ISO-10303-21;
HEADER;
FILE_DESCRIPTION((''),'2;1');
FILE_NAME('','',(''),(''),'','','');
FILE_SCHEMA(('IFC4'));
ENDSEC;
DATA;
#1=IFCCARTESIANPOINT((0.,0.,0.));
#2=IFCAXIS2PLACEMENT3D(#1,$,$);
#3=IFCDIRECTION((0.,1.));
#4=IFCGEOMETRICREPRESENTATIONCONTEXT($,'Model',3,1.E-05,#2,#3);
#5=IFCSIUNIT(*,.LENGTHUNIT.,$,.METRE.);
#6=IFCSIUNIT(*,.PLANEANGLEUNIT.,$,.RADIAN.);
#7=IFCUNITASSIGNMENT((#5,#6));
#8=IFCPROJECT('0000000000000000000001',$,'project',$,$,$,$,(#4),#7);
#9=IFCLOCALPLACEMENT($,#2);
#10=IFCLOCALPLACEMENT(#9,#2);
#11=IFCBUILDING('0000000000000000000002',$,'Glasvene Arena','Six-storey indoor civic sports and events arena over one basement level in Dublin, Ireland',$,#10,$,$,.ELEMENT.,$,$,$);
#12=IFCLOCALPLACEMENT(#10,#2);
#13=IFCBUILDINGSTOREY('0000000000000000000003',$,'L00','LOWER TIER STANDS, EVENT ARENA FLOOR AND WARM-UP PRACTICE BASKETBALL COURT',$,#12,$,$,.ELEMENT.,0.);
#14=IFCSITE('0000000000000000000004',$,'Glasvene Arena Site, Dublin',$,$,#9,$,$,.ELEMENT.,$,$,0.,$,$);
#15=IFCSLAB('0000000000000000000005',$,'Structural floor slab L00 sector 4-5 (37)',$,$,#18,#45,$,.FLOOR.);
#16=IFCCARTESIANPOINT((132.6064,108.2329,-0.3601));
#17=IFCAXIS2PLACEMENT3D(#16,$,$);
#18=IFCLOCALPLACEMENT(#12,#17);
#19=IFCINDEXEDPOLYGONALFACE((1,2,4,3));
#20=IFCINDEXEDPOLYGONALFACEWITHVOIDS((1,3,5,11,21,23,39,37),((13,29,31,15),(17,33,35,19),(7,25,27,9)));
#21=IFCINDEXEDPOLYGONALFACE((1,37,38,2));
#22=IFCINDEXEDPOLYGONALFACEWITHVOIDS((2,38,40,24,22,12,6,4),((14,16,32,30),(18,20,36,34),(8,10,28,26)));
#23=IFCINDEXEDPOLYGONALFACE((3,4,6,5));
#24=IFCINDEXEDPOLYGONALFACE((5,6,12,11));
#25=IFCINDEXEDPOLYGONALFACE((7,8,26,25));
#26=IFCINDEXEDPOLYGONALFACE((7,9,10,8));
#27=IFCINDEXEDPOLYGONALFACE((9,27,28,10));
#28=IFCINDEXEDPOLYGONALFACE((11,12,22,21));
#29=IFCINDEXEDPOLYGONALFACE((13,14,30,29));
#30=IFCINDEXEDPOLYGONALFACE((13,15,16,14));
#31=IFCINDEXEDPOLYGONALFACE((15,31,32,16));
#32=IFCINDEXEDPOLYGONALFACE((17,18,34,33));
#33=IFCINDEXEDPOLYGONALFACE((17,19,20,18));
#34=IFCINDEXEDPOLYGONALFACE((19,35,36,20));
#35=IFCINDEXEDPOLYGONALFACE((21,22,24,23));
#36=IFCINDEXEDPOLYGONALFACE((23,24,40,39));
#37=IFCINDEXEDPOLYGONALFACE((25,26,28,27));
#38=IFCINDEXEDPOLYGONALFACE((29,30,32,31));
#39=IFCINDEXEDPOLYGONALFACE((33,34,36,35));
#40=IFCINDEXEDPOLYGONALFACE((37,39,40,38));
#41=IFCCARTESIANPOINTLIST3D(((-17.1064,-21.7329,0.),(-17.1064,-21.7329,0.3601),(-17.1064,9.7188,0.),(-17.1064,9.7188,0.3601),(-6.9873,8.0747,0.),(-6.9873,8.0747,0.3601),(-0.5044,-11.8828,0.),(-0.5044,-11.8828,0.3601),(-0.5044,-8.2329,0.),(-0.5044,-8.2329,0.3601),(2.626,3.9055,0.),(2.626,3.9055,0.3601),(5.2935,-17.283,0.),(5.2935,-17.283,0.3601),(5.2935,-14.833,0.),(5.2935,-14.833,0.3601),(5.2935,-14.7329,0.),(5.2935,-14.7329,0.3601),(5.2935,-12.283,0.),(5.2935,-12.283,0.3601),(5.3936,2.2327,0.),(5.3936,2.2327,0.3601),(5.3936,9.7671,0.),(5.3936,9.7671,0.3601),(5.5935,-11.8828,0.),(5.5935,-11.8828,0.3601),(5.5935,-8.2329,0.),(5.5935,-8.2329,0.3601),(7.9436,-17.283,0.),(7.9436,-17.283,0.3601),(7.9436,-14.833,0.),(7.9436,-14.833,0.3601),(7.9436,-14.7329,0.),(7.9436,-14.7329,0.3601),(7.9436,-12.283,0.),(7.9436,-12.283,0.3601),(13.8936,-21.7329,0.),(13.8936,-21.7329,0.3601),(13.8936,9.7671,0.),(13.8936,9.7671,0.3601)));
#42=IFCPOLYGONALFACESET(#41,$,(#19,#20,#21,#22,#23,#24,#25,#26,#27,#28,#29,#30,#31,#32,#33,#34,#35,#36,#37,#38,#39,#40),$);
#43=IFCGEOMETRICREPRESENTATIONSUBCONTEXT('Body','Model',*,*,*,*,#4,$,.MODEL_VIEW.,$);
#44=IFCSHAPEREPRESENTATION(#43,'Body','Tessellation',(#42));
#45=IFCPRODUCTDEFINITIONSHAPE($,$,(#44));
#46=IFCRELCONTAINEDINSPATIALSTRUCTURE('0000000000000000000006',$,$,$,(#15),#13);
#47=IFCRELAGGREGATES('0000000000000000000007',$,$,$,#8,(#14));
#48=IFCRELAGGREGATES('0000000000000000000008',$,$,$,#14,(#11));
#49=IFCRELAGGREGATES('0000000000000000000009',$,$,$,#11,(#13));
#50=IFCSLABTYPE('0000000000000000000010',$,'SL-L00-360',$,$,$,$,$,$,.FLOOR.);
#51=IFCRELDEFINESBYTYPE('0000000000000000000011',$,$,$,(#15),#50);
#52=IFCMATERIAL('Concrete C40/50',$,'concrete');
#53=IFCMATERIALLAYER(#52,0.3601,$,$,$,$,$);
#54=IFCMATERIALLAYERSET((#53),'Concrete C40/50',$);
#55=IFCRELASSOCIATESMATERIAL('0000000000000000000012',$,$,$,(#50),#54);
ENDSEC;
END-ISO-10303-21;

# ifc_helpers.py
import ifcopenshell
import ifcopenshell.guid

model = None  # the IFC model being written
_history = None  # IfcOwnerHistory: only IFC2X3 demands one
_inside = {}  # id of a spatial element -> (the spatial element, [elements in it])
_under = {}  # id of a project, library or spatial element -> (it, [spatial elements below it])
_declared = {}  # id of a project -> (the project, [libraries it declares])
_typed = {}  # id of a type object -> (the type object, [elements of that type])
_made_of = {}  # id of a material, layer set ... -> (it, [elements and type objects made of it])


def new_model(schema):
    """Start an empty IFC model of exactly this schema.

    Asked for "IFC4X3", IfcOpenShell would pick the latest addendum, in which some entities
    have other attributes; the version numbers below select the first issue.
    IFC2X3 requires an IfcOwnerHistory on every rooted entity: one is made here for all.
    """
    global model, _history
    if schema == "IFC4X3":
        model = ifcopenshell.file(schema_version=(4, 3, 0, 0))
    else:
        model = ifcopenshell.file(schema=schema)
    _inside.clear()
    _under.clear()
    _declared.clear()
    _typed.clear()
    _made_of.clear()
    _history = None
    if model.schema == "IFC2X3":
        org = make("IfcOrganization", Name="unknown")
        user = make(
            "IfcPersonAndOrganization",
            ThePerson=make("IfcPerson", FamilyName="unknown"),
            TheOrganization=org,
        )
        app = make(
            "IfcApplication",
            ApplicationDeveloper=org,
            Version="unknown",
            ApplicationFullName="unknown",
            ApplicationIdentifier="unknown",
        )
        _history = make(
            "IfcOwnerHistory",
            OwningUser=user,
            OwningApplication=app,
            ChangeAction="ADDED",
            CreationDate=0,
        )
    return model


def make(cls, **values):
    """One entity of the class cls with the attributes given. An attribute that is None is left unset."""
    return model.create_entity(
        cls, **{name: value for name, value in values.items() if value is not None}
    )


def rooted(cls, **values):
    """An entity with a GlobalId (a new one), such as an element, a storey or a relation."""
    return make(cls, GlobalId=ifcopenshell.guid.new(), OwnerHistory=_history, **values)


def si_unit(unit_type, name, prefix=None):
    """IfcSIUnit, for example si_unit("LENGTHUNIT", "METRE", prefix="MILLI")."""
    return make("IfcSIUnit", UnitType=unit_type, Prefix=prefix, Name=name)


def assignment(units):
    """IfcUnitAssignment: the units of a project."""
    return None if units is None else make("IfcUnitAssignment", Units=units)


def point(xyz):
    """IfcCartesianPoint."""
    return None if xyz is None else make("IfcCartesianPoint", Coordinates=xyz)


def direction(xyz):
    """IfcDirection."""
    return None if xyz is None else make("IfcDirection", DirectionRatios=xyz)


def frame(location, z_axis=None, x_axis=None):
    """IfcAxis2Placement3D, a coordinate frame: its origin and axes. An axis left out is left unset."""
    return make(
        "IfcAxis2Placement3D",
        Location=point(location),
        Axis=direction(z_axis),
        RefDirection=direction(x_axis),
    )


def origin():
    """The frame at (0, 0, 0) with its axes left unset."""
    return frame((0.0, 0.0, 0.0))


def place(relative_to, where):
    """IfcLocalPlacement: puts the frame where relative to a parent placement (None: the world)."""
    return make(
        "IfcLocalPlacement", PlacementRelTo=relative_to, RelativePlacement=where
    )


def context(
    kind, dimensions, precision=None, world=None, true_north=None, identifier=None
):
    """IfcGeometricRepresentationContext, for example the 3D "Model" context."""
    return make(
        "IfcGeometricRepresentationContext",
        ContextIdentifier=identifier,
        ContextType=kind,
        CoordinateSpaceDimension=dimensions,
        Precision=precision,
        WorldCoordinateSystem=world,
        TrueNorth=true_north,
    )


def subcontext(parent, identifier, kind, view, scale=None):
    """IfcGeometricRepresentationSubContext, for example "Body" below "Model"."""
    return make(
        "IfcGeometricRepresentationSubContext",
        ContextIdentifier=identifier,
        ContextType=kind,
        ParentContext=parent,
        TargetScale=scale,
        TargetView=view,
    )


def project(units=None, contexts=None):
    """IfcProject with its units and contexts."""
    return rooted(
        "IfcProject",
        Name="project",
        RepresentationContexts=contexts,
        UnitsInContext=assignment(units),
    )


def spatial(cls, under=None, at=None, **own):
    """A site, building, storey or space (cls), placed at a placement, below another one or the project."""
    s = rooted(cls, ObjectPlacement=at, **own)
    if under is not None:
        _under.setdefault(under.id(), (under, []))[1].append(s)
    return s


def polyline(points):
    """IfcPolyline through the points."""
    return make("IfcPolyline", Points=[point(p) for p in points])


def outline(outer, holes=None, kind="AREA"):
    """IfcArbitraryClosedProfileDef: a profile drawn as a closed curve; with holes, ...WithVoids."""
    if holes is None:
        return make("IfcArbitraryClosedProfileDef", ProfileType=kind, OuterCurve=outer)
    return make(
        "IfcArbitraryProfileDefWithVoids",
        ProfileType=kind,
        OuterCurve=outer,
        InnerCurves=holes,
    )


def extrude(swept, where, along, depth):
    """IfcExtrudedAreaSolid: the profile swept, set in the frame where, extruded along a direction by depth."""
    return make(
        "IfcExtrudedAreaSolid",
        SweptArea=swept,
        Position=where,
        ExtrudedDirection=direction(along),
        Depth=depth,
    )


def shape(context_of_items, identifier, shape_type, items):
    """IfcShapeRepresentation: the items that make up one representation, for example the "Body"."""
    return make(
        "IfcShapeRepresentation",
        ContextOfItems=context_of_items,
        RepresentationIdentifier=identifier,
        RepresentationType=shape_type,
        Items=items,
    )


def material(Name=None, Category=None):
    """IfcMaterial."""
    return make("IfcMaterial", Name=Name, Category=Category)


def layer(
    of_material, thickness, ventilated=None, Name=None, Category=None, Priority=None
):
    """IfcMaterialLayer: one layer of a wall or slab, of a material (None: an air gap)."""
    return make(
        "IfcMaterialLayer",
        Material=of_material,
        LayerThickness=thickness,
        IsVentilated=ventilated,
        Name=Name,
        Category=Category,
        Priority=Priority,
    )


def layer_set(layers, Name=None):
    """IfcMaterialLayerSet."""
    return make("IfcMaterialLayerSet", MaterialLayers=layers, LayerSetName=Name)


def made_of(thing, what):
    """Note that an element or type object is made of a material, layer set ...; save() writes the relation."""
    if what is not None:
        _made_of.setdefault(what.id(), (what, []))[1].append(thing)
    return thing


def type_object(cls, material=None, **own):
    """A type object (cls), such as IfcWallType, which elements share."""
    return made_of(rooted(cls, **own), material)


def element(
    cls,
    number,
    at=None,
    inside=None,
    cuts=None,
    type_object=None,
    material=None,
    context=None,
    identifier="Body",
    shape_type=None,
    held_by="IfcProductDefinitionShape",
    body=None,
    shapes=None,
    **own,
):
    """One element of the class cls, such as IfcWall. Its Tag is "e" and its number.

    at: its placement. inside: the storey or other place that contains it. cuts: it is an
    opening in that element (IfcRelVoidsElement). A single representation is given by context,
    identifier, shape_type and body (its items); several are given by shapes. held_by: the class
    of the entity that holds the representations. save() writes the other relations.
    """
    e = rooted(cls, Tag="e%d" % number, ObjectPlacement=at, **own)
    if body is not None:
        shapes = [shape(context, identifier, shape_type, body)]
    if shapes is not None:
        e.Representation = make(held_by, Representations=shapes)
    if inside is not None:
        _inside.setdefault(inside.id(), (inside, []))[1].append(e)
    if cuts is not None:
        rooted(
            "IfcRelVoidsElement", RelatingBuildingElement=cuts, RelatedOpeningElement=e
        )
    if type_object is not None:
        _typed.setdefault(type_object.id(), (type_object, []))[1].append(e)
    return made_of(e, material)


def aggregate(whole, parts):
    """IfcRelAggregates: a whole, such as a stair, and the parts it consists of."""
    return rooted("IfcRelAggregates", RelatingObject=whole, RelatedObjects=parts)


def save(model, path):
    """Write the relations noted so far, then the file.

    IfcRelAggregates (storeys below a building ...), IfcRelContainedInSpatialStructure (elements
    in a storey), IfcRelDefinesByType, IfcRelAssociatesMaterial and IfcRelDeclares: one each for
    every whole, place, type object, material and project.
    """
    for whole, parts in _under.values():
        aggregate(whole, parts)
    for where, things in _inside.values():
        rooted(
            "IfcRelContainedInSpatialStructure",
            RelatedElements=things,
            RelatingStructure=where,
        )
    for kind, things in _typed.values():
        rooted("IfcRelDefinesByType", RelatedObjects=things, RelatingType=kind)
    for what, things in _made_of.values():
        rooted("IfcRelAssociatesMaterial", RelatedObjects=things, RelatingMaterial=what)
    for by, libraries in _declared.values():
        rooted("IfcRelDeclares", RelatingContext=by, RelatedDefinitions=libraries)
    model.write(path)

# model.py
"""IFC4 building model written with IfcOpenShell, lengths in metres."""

from ifc_helpers import new_model, si_unit, direction, frame, origin, place, context, subcontext, project, spatial, polyline, outline, extrude, material, layer, layer_set, type_object, element, save


model = new_model("IFC4")

# Units and contexts
model_context = context("Model", 3, precision=1e-05, world=origin(), true_north=direction((0.0, 1.0)))
body_context = subcontext(model_context, "Body", "Model", "MODEL_VIEW")
ifc_project = project(units=[si_unit("LENGTHUNIT", "METRE"), si_unit("PLANEANGLEUNIT", "RADIAN")], contexts=[model_context])

# Site, building, storey
site_placement = place(None, origin())
site = spatial("IfcSite", under=ifc_project, at=site_placement, Name="Glasvene Arena Site, Dublin", CompositionType="ELEMENT", RefElevation=0.0)
building_placement = place(site_placement, origin())
building = spatial("IfcBuilding", under=site, at=building_placement, Name="Glasvene Arena", Description="Six-storey indoor civic sports and events arena over one basement level in Dublin, Ireland", CompositionType="ELEMENT")
storey_placement = place(building_placement, origin())
storey = spatial("IfcBuildingStorey", under=building, at=storey_placement, Name="L00", Description="LOWER TIER STANDS, EVENT ARENA FLOOR AND WARM-UP PRACTICE BASKETBALL COURT", CompositionType="ELEMENT", Elevation=0.0)

# Slab
ifc_material_1 = material(Name="Concrete C40/50", Category="concrete")
ifc_layer_1 = layer(ifc_material_1, 0.3601)
ifc_layer_set_1 = layer_set([ifc_layer_1], Name="Concrete C40/50")
slab_type_1 = type_object("IfcSlabType", Name="SL-L00-360", PredefinedType="FLOOR", material=ifc_layer_set_1)
slab_1_placement = place(storey_placement, frame((132.6064, 108.2329, -0.3601)))
element("IfcSlab", 1, at=slab_1_placement, inside=storey, type_object=slab_type_1, Name="Structural floor slab L00 sector 4-5 (37)", PredefinedType="FLOOR", context=body_context, shape_type="SweptSolid", body=[
    extrude(outline(polyline([(2.626, 3.9055), (5.3936, 2.2327), (5.3936, 9.7671), (13.8936, 9.7671), (13.8936, -21.7329), (-17.1064, -21.7329), (-17.1064, 9.7188), (-6.9873, 8.0747), (2.626, 3.9055)]), holes=[polyline([(7.9436, -17.283), (7.9436, -14.833), (5.2935, -14.833), (5.2935, -17.283), (7.9436, -17.283)]), polyline([(7.9436, -14.7329), (7.9436, -12.283), (5.2935, -12.283), (5.2935, -14.7329), (7.9436, -14.7329)]), polyline([(-0.5044, -11.8828), (5.5935, -11.8828), (5.5935, -8.2329), (-0.5044, -8.2329), (-0.5044, -11.8828)])]), origin(), (0.0, 0.0, 1.0), 0.3601),
])

save(model, "model.ifc")
